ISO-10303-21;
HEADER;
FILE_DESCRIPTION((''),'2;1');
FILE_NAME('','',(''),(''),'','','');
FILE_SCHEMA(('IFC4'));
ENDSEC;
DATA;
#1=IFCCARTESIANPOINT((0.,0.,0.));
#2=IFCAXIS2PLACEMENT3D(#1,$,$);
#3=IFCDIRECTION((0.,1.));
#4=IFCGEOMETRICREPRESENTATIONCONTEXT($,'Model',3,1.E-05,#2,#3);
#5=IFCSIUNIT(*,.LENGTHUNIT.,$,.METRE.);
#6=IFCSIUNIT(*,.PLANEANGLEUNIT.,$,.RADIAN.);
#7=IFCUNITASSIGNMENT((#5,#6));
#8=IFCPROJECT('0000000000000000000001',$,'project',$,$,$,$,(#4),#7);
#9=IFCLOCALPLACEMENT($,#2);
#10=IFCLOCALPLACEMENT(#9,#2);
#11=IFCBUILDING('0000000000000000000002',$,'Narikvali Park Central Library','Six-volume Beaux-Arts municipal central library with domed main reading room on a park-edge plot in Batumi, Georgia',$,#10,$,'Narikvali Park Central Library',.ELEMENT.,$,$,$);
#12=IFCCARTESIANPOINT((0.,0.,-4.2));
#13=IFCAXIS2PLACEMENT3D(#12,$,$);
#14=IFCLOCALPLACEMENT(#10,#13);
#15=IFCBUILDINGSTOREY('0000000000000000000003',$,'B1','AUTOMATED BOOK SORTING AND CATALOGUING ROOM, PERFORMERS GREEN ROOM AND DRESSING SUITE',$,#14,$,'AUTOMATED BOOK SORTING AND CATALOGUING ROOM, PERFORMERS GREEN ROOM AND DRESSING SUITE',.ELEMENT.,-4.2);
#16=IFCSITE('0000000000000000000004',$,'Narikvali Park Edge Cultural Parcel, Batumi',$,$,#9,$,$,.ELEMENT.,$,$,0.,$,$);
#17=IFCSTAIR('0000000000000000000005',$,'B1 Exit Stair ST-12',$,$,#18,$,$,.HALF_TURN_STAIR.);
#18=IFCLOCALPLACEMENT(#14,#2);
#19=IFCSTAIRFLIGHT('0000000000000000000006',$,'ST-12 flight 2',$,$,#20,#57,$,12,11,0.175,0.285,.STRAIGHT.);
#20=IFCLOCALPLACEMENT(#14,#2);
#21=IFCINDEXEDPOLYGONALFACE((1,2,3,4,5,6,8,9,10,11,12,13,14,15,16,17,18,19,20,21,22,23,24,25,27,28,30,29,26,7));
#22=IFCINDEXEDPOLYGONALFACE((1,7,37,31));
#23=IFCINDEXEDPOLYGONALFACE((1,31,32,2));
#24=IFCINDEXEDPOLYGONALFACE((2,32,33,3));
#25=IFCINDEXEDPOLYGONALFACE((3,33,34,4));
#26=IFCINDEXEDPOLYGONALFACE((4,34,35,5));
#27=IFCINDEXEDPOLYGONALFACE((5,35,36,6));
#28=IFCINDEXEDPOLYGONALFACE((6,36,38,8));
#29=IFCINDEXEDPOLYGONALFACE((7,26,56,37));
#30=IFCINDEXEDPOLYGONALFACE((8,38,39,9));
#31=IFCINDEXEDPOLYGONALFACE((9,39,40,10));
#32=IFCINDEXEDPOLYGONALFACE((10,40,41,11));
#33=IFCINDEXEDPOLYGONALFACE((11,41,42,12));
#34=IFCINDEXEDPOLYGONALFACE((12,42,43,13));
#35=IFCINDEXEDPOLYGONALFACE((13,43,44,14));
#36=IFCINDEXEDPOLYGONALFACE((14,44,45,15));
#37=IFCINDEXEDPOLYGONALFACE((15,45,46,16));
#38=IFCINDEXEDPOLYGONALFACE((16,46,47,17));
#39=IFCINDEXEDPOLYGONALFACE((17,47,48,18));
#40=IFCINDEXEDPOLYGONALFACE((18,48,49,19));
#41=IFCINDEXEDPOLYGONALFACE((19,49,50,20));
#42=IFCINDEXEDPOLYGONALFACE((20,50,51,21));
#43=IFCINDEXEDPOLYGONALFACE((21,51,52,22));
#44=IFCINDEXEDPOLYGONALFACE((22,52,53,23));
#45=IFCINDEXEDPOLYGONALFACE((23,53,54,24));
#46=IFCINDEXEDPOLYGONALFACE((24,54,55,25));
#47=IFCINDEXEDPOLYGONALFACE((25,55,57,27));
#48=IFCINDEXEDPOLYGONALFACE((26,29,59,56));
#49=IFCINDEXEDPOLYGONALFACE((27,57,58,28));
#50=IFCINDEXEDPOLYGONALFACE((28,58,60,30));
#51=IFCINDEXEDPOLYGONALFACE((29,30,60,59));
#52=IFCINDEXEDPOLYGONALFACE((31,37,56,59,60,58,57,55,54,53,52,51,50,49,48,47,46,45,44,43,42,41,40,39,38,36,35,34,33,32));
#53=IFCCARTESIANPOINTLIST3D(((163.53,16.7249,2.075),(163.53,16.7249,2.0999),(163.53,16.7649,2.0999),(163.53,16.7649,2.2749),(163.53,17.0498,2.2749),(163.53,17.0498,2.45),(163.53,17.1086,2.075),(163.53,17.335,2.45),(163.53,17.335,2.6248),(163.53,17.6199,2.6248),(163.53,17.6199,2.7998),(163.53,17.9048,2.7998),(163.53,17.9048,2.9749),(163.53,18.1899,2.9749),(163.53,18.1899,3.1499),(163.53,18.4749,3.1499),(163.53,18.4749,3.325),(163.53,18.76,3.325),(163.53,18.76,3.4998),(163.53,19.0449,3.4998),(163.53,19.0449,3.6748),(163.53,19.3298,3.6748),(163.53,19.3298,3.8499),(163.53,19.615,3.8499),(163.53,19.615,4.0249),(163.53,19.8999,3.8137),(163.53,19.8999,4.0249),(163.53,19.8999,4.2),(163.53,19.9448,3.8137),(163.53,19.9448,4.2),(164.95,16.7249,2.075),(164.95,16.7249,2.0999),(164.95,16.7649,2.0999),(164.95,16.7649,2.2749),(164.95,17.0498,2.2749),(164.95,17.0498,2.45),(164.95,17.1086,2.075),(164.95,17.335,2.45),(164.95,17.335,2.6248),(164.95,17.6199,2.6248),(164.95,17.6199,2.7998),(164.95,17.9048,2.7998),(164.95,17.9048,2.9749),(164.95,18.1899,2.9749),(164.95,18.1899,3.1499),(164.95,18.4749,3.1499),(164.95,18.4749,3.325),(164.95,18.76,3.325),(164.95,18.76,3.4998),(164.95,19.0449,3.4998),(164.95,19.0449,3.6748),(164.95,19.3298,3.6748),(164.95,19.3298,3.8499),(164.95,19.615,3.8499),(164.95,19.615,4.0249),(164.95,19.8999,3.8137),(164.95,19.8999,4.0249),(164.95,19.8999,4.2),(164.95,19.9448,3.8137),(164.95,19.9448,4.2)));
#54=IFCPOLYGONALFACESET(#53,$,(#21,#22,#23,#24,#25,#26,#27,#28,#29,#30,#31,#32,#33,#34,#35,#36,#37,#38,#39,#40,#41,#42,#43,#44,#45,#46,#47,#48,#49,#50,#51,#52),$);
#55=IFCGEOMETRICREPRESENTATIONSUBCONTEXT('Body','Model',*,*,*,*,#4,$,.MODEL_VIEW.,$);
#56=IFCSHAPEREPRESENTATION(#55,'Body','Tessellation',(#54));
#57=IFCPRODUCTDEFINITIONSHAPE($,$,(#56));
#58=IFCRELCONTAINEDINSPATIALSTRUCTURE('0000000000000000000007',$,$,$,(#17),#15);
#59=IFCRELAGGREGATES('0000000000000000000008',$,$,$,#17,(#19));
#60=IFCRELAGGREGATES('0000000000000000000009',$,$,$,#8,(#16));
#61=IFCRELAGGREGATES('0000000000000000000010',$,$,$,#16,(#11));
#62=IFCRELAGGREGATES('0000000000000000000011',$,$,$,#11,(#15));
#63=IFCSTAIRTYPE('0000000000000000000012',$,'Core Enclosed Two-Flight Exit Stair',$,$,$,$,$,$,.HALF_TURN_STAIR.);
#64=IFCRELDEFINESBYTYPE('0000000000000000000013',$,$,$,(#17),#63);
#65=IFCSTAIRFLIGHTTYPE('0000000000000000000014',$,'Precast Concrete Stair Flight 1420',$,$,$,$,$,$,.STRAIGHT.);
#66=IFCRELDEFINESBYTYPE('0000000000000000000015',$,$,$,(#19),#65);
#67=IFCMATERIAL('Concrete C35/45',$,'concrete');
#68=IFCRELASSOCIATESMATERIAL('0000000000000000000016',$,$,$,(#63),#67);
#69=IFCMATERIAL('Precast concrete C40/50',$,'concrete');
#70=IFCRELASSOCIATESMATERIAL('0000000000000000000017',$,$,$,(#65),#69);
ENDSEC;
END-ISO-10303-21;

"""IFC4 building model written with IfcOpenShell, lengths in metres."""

from ifc_helpers import new_model, si_unit, direction, frame, origin, place, context, subcontext, project, spatial, polyline, outline, extrude, material, type_object, element, aggregate, save


model = new_model("IFC4")

# Units and contexts
model_context = context("Model", 3, precision=1e-05, world=origin(), true_north=direction((0.0, 1.0)))
body_context = subcontext(model_context, "Body", "Model", "MODEL_VIEW")
ifc_project = project(units=[si_unit("LENGTHUNIT", "METRE"), si_unit("PLANEANGLEUNIT", "RADIAN")], contexts=[model_context])

# Site, building, storey
site_placement = place(None, origin())
site = spatial("IfcSite", under=ifc_project, at=site_placement, Name="Narikvali Park Edge Cultural Parcel, Batumi", CompositionType="ELEMENT", RefElevation=0.0)
building_placement = place(site_placement, origin())
building = spatial("IfcBuilding", under=site, at=building_placement, Name="Narikvali Park Central Library", Description="Six-volume Beaux-Arts municipal central library with domed main reading room on a park-edge plot in Batumi, Georgia", LongName="Narikvali Park Central Library", CompositionType="ELEMENT")
storey_placement = place(building_placement, frame((0.0, 0.0, -4.2)))
storey = spatial("IfcBuildingStorey", under=building, at=storey_placement, Name="B1", Description="AUTOMATED BOOK SORTING AND CATALOGUING ROOM, PERFORMERS GREEN ROOM AND DRESSING SUITE", LongName="AUTOMATED BOOK SORTING AND CATALOGUING ROOM, PERFORMERS GREEN ROOM AND DRESSING SUITE", CompositionType="ELEMENT", Elevation=-4.2)

# Shared definitions
ifc_material_1 = material(Name="Concrete C35/45", Category="concrete")

# Stair, stair flight
stair_type = type_object("IfcStairType", Name="Core Enclosed Two-Flight Exit Stair", PredefinedType="HALF_TURN_STAIR", material=ifc_material_1)
stair_placement = place(storey_placement, origin())
stair = element("IfcStair", 1, at=stair_placement, inside=storey, type_object=stair_type, Name="B1 Exit Stair ST-12", PredefinedType="HALF_TURN_STAIR")
ifc_material_2 = material(Name="Precast concrete C40/50", Category="concrete")
stair_flight_type = type_object("IfcStairFlightType", Name="Precast Concrete Stair Flight 1420", PredefinedType="STRAIGHT", material=ifc_material_2)
stair_flight_1_placement = place(storey_placement, frame((164.24, 16.7649, 2.0999), z_axis=(0.0, 0.0, 1.0), x_axis=(0.0, 1.0, 0.0)))
stair_flight_1 = element("IfcStairFlight", 2, at=stair_flight_1_placement, type_object=stair_flight_type, Name="ST-12 flight 2", NumberOfRisers=12, NumberOfTreads=11, PredefinedType="STRAIGHT", RiserHeight=0.175, TreadLength=0.285, context=body_context, shape_type="SweptSolid", body=[
    extrude(outline(polyline([(-0.04, -0.0249), (-0.04, 0.0), (0.0, 0.0), (0.0, 0.175), (0.2849, 0.175), (0.2849, 0.3501), (0.5701, 0.3501), (0.5701, 0.5249), (0.855, 0.5249), (0.855, 0.7), (1.1399, 0.7), (1.1399, 0.875), (1.425, 0.875), (1.425, 1.05), (1.71, 1.05), (1.71, 1.2251), (1.9951, 1.2251), (1.9951, 1.3999), (2.28, 1.3999), (2.28, 1.575), (2.5649, 1.575), (2.5649, 1.75), (2.8501, 1.75), (2.8501, 1.925), (3.135, 1.925), (3.135, 2.1001), (3.1799, 2.1001), (3.1799, 1.7139), (3.135, 1.7139), (0.3438, -0.0249), (-0.04, -0.0249)])), frame((0.0, 0.71, 0.0), z_axis=(0.0, -1.0, 0.0), x_axis=(1.0, 0.0, 0.0)), (0.0, 0.0, 1.0), 1.4199),
])
aggregate(stair, [stair_flight_1])

save(model, "model.ifc")
